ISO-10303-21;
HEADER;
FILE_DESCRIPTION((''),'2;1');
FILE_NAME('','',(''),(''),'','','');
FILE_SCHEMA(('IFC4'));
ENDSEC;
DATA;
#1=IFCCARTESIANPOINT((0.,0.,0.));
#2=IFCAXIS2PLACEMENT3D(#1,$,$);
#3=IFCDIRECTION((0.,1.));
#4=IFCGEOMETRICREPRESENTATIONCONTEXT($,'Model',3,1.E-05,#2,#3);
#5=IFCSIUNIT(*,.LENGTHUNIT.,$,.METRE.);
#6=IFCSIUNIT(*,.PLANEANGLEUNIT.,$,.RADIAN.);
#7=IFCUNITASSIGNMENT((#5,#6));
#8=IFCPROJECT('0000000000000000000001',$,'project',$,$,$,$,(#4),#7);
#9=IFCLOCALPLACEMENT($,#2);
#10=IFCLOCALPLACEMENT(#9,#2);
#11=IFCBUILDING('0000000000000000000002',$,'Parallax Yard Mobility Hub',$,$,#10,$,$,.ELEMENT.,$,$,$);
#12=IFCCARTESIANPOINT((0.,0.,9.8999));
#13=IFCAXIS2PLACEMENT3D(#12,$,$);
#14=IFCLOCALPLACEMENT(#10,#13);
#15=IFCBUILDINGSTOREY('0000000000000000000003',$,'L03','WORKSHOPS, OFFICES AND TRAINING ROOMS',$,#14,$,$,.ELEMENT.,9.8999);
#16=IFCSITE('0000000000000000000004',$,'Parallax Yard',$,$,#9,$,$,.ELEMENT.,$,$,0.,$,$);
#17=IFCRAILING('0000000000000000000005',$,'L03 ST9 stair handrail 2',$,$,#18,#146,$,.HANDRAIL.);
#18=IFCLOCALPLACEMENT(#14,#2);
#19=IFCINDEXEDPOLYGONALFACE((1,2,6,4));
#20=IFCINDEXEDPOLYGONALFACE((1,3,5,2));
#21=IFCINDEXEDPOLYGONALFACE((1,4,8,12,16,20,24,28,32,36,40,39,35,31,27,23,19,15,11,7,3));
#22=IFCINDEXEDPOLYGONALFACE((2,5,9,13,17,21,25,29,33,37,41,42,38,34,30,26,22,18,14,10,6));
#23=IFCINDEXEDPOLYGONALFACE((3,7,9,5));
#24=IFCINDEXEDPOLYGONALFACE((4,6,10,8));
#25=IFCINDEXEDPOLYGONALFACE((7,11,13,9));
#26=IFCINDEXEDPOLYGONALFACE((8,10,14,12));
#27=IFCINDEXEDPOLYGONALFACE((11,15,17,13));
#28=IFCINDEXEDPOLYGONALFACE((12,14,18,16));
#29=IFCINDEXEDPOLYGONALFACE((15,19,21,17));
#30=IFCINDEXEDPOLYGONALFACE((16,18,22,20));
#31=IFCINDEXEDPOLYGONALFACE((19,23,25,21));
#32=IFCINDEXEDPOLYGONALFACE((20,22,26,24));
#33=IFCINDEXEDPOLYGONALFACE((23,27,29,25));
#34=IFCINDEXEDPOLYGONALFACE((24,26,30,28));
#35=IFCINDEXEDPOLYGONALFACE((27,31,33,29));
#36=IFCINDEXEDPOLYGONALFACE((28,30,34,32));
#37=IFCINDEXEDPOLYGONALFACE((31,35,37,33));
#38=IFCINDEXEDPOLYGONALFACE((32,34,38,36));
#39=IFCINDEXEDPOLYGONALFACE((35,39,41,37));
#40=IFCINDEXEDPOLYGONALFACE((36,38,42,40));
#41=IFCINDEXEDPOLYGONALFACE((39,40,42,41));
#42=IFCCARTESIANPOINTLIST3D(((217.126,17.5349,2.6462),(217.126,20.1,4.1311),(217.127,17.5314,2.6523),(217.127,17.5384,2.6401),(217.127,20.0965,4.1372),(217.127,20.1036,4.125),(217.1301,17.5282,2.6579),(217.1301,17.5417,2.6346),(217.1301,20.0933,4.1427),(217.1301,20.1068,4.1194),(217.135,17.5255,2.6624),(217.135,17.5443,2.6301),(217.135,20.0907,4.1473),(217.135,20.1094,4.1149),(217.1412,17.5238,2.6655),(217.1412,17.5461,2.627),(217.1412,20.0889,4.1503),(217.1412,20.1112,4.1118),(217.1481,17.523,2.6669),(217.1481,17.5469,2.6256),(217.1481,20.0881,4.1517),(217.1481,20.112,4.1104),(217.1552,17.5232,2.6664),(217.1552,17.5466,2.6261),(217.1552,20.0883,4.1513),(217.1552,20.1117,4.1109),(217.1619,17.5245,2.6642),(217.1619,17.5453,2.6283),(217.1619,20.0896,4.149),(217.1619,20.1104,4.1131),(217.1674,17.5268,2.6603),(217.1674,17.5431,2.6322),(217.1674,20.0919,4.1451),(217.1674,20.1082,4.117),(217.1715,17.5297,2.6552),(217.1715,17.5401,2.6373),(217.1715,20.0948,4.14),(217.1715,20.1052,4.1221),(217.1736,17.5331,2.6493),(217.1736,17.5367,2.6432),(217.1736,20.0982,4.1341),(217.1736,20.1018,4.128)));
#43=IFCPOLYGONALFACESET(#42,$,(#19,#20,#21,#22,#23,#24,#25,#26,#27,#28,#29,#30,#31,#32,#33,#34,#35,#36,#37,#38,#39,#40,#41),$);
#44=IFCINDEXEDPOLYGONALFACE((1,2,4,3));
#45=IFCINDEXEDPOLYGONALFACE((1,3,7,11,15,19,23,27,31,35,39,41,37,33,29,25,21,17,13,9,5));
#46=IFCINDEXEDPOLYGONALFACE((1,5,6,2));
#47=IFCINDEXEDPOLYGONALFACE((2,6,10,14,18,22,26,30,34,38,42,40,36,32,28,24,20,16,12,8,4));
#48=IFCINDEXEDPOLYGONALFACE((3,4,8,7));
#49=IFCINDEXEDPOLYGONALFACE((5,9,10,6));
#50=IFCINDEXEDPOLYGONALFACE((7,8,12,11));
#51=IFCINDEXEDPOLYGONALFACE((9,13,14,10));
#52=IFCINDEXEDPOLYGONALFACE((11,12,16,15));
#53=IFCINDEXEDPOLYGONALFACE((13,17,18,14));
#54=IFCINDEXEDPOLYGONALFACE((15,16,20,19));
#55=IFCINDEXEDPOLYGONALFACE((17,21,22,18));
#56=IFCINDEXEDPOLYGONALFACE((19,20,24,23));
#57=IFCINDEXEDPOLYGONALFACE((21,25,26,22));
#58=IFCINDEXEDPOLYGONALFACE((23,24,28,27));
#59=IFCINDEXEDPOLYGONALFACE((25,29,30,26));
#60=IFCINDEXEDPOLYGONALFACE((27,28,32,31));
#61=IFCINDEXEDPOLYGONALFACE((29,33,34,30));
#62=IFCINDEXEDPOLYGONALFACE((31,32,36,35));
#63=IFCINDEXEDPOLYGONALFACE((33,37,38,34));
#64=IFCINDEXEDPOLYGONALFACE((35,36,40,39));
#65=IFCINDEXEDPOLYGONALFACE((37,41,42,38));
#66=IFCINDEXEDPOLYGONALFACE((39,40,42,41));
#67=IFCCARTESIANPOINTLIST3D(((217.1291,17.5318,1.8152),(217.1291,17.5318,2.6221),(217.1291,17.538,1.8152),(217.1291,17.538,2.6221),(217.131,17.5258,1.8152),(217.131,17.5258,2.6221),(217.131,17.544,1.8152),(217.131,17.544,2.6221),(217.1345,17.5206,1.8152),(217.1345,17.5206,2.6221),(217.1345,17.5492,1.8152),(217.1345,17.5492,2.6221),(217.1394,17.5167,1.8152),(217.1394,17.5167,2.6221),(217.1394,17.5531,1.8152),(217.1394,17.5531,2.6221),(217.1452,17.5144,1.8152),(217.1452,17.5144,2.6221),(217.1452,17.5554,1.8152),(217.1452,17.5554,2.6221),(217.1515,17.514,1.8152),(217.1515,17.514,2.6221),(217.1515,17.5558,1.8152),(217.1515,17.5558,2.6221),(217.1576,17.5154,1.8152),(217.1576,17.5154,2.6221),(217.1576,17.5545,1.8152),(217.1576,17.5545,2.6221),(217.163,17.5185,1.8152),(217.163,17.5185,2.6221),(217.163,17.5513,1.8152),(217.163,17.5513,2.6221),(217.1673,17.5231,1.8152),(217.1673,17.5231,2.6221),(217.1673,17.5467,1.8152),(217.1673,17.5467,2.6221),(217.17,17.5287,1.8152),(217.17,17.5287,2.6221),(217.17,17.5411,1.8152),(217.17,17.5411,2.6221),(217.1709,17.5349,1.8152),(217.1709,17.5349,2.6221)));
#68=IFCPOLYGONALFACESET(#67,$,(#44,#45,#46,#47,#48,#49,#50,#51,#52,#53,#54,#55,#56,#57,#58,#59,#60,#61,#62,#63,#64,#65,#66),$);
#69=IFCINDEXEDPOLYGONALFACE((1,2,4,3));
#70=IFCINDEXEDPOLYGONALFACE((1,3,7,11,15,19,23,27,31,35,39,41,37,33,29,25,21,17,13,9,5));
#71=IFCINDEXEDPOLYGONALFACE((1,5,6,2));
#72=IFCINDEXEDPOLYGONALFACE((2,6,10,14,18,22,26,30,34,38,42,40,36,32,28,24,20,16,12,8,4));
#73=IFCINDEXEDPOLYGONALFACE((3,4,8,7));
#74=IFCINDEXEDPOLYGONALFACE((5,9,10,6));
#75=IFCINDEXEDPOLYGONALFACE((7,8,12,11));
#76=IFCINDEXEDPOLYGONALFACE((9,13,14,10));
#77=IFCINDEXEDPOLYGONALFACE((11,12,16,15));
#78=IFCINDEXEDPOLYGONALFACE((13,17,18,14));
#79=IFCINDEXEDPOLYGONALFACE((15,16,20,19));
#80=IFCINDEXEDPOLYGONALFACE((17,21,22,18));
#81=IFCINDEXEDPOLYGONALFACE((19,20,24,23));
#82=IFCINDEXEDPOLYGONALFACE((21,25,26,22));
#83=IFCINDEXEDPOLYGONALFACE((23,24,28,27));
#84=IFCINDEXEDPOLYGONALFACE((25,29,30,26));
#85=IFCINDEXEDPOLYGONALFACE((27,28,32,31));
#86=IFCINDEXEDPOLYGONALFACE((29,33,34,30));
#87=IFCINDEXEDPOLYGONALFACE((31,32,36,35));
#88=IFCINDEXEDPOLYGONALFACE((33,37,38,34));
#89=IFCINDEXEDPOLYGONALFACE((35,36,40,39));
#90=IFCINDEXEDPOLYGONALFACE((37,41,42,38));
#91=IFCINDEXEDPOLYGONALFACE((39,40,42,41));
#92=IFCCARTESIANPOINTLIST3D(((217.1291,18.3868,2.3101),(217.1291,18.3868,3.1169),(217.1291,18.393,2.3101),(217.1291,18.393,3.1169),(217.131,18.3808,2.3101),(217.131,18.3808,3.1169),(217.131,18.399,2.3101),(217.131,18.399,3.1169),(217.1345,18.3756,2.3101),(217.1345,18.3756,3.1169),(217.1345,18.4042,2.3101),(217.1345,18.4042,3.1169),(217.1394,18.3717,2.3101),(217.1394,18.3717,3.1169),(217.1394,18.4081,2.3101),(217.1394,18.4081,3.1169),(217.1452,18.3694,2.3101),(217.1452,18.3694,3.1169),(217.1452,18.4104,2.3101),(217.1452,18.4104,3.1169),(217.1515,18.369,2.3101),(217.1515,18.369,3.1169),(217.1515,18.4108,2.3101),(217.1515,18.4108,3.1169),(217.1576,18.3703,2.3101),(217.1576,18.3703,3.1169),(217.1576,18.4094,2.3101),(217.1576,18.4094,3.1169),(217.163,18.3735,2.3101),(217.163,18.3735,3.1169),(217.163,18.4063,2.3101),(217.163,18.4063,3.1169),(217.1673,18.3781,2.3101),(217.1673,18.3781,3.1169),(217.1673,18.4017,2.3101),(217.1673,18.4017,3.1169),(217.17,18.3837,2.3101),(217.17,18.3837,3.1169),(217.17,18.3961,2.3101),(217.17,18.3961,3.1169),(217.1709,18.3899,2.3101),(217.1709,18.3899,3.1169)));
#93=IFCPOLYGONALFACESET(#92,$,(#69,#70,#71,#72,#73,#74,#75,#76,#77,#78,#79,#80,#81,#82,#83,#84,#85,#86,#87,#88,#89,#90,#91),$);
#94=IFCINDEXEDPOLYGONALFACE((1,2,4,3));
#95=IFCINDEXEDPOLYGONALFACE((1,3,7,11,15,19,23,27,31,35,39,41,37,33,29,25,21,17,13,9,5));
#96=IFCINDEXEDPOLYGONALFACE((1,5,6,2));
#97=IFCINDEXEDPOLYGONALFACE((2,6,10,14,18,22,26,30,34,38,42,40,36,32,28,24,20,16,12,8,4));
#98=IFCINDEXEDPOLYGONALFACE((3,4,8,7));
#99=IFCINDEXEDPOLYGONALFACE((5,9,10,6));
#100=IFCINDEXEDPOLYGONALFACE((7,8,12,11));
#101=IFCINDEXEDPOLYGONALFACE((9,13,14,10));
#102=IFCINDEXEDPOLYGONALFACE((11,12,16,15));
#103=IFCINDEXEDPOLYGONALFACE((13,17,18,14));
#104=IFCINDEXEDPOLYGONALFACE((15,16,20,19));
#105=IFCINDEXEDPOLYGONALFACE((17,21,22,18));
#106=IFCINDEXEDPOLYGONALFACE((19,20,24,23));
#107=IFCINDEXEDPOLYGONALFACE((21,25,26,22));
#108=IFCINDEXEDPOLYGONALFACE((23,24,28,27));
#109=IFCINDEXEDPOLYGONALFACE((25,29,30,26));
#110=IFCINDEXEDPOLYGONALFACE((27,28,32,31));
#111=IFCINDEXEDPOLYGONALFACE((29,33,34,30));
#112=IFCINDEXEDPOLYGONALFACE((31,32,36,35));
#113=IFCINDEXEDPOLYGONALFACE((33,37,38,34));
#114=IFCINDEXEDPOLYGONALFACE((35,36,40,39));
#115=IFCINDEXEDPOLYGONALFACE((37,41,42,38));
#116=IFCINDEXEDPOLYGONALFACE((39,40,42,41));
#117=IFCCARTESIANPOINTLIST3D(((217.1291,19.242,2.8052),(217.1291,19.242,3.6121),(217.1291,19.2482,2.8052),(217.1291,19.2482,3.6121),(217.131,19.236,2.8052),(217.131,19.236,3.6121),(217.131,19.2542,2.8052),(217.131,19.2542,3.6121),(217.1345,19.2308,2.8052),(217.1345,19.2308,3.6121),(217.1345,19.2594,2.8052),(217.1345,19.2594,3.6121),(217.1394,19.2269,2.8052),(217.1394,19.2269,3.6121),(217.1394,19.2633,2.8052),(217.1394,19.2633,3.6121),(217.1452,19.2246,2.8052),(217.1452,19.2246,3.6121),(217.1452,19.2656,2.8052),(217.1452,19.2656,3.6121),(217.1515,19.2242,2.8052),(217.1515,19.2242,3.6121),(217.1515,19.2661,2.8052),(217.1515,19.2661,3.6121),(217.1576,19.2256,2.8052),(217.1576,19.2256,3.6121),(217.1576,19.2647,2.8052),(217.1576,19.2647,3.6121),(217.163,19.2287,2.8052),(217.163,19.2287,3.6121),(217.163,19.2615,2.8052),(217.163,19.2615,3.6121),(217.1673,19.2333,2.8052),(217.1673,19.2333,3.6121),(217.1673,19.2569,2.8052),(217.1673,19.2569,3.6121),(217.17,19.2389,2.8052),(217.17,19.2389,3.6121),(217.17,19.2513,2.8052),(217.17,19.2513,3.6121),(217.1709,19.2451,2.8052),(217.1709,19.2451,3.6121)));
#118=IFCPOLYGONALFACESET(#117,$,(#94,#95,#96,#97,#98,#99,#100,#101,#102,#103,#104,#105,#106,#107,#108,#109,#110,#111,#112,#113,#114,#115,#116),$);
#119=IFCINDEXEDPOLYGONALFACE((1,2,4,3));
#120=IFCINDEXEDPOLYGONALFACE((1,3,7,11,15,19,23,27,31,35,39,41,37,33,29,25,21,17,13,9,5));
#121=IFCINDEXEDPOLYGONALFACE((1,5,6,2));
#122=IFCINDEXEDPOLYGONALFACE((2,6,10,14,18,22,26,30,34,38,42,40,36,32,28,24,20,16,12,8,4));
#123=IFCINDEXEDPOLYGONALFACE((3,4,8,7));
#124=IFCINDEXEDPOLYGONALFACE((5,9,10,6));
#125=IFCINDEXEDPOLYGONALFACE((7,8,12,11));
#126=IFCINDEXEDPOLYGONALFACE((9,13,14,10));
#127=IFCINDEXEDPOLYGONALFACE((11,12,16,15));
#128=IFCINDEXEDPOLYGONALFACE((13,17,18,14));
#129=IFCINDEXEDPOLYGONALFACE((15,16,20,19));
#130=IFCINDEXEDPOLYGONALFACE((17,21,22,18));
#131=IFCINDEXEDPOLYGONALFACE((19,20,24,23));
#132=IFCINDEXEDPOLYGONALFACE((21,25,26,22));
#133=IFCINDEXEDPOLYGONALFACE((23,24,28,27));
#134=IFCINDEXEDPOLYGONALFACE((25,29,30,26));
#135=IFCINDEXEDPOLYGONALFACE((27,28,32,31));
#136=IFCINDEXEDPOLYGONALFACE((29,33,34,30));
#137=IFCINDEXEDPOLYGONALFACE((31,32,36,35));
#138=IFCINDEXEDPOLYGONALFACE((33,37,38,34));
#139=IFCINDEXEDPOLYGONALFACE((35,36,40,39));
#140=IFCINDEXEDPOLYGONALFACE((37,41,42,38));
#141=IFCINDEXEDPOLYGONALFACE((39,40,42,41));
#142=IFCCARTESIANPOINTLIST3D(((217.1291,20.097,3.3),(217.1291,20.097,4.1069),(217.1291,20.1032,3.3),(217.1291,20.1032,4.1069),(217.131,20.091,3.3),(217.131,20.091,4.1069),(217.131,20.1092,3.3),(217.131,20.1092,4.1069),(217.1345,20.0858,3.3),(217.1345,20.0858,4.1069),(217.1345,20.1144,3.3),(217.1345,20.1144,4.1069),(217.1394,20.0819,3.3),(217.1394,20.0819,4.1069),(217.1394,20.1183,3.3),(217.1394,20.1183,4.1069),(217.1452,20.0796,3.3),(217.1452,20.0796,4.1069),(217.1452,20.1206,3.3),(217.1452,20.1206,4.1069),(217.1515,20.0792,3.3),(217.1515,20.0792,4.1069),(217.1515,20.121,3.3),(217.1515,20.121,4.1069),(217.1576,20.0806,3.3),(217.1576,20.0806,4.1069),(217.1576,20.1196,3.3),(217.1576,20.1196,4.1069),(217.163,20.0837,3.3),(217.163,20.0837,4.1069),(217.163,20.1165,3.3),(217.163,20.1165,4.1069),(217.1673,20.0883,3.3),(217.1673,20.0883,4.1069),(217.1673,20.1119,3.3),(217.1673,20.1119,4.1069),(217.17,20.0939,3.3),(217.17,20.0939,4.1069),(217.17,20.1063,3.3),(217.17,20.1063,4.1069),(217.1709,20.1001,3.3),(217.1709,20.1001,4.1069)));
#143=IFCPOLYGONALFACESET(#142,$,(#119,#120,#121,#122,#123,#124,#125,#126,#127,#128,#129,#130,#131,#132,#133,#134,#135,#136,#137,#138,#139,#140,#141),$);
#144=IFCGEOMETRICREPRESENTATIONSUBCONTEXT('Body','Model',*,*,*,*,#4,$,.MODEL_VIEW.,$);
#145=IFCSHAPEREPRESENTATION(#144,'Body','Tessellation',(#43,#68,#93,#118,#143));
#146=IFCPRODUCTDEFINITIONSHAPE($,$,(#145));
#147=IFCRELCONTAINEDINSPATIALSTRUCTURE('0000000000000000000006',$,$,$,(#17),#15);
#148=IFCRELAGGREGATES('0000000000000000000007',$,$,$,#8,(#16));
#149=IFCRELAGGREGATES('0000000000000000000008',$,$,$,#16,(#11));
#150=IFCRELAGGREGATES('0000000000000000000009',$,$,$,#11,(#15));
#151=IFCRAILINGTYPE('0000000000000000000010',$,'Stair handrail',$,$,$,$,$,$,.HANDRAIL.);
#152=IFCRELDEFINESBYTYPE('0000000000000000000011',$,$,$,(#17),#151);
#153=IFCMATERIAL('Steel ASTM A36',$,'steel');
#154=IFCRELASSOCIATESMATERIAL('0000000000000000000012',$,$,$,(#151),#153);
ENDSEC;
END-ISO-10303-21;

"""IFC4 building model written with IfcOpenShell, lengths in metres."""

from ifc_helpers import new_model, si_unit, direction, frame, origin, origin_2d, place, context, subcontext, project, spatial, circle, extrude, material, type_object, element, save


model = new_model("IFC4")

# Units and contexts
model_context = context("Model", 3, precision=1e-05, world=origin(), true_north=direction((0.0, 1.0)))
body_context = subcontext(model_context, "Body", "Model", "MODEL_VIEW")
ifc_project = project(units=[si_unit("LENGTHUNIT", "METRE"), si_unit("PLANEANGLEUNIT", "RADIAN")], contexts=[model_context])

# Site, building, storey
site_placement = place(None, origin())
site = spatial("IfcSite", under=ifc_project, at=site_placement, Name="Parallax Yard", CompositionType="ELEMENT", RefElevation=0.0)
building_placement = place(site_placement, origin())
building = spatial("IfcBuilding", under=site, at=building_placement, Name="Parallax Yard Mobility Hub", CompositionType="ELEMENT")
storey_placement = place(building_placement, frame((0.0, 0.0, 9.8999)))
storey = spatial("IfcBuildingStorey", under=building, at=storey_placement, Name="L03", Description="WORKSHOPS, OFFICES AND TRAINING ROOMS", CompositionType="ELEMENT", Elevation=9.8999)

# Railing
ifc_material_1 = material(Name="Steel ASTM A36", Category="steel")
railing_type_1 = type_object("IfcRailingType", Name="Stair handrail", PredefinedType="HANDRAIL", material=ifc_material_1)
for number, where, name in (
    (1, (217.1499, 17.5349, 1.8152), "L03 ST9 stair handrail 2"),
):
    element("IfcRailing", number, at=place(storey_placement, frame(where)), inside=storey, type_object=railing_type_1, Name=name, PredefinedType="HANDRAIL", context=body_context, shape_type="SweptSolid", body=[
        extrude(circle(Radius=0.0239, at=origin_2d()), frame((0.0, 0.0, 0.8311), z_axis=(0.0, 0.865462, 0.500975), x_axis=(-1.0, 0.0, 0.0)), (0.0, 0.0, 1.0), 2.9639),
        extrude(circle(Radius=0.021, at=origin_2d()), origin(), (0.0, 0.0, 1.0), 0.8069),
        extrude(circle(Radius=0.021, at=origin_2d()), frame((0.0, 0.855, 0.4949)), (0.0, 0.0, 1.0), 0.8069),
        extrude(circle(Radius=0.021, at=origin_2d()), frame((0.0, 1.7102, 0.99)), (0.0, 0.0, 1.0), 0.8069),
        extrude(circle(Radius=0.021, at=origin_2d()), frame((0.0, 2.5652, 1.4849)), (0.0, 0.0, 1.0), 0.8069),
    ])

save(model, "model.ifc")
